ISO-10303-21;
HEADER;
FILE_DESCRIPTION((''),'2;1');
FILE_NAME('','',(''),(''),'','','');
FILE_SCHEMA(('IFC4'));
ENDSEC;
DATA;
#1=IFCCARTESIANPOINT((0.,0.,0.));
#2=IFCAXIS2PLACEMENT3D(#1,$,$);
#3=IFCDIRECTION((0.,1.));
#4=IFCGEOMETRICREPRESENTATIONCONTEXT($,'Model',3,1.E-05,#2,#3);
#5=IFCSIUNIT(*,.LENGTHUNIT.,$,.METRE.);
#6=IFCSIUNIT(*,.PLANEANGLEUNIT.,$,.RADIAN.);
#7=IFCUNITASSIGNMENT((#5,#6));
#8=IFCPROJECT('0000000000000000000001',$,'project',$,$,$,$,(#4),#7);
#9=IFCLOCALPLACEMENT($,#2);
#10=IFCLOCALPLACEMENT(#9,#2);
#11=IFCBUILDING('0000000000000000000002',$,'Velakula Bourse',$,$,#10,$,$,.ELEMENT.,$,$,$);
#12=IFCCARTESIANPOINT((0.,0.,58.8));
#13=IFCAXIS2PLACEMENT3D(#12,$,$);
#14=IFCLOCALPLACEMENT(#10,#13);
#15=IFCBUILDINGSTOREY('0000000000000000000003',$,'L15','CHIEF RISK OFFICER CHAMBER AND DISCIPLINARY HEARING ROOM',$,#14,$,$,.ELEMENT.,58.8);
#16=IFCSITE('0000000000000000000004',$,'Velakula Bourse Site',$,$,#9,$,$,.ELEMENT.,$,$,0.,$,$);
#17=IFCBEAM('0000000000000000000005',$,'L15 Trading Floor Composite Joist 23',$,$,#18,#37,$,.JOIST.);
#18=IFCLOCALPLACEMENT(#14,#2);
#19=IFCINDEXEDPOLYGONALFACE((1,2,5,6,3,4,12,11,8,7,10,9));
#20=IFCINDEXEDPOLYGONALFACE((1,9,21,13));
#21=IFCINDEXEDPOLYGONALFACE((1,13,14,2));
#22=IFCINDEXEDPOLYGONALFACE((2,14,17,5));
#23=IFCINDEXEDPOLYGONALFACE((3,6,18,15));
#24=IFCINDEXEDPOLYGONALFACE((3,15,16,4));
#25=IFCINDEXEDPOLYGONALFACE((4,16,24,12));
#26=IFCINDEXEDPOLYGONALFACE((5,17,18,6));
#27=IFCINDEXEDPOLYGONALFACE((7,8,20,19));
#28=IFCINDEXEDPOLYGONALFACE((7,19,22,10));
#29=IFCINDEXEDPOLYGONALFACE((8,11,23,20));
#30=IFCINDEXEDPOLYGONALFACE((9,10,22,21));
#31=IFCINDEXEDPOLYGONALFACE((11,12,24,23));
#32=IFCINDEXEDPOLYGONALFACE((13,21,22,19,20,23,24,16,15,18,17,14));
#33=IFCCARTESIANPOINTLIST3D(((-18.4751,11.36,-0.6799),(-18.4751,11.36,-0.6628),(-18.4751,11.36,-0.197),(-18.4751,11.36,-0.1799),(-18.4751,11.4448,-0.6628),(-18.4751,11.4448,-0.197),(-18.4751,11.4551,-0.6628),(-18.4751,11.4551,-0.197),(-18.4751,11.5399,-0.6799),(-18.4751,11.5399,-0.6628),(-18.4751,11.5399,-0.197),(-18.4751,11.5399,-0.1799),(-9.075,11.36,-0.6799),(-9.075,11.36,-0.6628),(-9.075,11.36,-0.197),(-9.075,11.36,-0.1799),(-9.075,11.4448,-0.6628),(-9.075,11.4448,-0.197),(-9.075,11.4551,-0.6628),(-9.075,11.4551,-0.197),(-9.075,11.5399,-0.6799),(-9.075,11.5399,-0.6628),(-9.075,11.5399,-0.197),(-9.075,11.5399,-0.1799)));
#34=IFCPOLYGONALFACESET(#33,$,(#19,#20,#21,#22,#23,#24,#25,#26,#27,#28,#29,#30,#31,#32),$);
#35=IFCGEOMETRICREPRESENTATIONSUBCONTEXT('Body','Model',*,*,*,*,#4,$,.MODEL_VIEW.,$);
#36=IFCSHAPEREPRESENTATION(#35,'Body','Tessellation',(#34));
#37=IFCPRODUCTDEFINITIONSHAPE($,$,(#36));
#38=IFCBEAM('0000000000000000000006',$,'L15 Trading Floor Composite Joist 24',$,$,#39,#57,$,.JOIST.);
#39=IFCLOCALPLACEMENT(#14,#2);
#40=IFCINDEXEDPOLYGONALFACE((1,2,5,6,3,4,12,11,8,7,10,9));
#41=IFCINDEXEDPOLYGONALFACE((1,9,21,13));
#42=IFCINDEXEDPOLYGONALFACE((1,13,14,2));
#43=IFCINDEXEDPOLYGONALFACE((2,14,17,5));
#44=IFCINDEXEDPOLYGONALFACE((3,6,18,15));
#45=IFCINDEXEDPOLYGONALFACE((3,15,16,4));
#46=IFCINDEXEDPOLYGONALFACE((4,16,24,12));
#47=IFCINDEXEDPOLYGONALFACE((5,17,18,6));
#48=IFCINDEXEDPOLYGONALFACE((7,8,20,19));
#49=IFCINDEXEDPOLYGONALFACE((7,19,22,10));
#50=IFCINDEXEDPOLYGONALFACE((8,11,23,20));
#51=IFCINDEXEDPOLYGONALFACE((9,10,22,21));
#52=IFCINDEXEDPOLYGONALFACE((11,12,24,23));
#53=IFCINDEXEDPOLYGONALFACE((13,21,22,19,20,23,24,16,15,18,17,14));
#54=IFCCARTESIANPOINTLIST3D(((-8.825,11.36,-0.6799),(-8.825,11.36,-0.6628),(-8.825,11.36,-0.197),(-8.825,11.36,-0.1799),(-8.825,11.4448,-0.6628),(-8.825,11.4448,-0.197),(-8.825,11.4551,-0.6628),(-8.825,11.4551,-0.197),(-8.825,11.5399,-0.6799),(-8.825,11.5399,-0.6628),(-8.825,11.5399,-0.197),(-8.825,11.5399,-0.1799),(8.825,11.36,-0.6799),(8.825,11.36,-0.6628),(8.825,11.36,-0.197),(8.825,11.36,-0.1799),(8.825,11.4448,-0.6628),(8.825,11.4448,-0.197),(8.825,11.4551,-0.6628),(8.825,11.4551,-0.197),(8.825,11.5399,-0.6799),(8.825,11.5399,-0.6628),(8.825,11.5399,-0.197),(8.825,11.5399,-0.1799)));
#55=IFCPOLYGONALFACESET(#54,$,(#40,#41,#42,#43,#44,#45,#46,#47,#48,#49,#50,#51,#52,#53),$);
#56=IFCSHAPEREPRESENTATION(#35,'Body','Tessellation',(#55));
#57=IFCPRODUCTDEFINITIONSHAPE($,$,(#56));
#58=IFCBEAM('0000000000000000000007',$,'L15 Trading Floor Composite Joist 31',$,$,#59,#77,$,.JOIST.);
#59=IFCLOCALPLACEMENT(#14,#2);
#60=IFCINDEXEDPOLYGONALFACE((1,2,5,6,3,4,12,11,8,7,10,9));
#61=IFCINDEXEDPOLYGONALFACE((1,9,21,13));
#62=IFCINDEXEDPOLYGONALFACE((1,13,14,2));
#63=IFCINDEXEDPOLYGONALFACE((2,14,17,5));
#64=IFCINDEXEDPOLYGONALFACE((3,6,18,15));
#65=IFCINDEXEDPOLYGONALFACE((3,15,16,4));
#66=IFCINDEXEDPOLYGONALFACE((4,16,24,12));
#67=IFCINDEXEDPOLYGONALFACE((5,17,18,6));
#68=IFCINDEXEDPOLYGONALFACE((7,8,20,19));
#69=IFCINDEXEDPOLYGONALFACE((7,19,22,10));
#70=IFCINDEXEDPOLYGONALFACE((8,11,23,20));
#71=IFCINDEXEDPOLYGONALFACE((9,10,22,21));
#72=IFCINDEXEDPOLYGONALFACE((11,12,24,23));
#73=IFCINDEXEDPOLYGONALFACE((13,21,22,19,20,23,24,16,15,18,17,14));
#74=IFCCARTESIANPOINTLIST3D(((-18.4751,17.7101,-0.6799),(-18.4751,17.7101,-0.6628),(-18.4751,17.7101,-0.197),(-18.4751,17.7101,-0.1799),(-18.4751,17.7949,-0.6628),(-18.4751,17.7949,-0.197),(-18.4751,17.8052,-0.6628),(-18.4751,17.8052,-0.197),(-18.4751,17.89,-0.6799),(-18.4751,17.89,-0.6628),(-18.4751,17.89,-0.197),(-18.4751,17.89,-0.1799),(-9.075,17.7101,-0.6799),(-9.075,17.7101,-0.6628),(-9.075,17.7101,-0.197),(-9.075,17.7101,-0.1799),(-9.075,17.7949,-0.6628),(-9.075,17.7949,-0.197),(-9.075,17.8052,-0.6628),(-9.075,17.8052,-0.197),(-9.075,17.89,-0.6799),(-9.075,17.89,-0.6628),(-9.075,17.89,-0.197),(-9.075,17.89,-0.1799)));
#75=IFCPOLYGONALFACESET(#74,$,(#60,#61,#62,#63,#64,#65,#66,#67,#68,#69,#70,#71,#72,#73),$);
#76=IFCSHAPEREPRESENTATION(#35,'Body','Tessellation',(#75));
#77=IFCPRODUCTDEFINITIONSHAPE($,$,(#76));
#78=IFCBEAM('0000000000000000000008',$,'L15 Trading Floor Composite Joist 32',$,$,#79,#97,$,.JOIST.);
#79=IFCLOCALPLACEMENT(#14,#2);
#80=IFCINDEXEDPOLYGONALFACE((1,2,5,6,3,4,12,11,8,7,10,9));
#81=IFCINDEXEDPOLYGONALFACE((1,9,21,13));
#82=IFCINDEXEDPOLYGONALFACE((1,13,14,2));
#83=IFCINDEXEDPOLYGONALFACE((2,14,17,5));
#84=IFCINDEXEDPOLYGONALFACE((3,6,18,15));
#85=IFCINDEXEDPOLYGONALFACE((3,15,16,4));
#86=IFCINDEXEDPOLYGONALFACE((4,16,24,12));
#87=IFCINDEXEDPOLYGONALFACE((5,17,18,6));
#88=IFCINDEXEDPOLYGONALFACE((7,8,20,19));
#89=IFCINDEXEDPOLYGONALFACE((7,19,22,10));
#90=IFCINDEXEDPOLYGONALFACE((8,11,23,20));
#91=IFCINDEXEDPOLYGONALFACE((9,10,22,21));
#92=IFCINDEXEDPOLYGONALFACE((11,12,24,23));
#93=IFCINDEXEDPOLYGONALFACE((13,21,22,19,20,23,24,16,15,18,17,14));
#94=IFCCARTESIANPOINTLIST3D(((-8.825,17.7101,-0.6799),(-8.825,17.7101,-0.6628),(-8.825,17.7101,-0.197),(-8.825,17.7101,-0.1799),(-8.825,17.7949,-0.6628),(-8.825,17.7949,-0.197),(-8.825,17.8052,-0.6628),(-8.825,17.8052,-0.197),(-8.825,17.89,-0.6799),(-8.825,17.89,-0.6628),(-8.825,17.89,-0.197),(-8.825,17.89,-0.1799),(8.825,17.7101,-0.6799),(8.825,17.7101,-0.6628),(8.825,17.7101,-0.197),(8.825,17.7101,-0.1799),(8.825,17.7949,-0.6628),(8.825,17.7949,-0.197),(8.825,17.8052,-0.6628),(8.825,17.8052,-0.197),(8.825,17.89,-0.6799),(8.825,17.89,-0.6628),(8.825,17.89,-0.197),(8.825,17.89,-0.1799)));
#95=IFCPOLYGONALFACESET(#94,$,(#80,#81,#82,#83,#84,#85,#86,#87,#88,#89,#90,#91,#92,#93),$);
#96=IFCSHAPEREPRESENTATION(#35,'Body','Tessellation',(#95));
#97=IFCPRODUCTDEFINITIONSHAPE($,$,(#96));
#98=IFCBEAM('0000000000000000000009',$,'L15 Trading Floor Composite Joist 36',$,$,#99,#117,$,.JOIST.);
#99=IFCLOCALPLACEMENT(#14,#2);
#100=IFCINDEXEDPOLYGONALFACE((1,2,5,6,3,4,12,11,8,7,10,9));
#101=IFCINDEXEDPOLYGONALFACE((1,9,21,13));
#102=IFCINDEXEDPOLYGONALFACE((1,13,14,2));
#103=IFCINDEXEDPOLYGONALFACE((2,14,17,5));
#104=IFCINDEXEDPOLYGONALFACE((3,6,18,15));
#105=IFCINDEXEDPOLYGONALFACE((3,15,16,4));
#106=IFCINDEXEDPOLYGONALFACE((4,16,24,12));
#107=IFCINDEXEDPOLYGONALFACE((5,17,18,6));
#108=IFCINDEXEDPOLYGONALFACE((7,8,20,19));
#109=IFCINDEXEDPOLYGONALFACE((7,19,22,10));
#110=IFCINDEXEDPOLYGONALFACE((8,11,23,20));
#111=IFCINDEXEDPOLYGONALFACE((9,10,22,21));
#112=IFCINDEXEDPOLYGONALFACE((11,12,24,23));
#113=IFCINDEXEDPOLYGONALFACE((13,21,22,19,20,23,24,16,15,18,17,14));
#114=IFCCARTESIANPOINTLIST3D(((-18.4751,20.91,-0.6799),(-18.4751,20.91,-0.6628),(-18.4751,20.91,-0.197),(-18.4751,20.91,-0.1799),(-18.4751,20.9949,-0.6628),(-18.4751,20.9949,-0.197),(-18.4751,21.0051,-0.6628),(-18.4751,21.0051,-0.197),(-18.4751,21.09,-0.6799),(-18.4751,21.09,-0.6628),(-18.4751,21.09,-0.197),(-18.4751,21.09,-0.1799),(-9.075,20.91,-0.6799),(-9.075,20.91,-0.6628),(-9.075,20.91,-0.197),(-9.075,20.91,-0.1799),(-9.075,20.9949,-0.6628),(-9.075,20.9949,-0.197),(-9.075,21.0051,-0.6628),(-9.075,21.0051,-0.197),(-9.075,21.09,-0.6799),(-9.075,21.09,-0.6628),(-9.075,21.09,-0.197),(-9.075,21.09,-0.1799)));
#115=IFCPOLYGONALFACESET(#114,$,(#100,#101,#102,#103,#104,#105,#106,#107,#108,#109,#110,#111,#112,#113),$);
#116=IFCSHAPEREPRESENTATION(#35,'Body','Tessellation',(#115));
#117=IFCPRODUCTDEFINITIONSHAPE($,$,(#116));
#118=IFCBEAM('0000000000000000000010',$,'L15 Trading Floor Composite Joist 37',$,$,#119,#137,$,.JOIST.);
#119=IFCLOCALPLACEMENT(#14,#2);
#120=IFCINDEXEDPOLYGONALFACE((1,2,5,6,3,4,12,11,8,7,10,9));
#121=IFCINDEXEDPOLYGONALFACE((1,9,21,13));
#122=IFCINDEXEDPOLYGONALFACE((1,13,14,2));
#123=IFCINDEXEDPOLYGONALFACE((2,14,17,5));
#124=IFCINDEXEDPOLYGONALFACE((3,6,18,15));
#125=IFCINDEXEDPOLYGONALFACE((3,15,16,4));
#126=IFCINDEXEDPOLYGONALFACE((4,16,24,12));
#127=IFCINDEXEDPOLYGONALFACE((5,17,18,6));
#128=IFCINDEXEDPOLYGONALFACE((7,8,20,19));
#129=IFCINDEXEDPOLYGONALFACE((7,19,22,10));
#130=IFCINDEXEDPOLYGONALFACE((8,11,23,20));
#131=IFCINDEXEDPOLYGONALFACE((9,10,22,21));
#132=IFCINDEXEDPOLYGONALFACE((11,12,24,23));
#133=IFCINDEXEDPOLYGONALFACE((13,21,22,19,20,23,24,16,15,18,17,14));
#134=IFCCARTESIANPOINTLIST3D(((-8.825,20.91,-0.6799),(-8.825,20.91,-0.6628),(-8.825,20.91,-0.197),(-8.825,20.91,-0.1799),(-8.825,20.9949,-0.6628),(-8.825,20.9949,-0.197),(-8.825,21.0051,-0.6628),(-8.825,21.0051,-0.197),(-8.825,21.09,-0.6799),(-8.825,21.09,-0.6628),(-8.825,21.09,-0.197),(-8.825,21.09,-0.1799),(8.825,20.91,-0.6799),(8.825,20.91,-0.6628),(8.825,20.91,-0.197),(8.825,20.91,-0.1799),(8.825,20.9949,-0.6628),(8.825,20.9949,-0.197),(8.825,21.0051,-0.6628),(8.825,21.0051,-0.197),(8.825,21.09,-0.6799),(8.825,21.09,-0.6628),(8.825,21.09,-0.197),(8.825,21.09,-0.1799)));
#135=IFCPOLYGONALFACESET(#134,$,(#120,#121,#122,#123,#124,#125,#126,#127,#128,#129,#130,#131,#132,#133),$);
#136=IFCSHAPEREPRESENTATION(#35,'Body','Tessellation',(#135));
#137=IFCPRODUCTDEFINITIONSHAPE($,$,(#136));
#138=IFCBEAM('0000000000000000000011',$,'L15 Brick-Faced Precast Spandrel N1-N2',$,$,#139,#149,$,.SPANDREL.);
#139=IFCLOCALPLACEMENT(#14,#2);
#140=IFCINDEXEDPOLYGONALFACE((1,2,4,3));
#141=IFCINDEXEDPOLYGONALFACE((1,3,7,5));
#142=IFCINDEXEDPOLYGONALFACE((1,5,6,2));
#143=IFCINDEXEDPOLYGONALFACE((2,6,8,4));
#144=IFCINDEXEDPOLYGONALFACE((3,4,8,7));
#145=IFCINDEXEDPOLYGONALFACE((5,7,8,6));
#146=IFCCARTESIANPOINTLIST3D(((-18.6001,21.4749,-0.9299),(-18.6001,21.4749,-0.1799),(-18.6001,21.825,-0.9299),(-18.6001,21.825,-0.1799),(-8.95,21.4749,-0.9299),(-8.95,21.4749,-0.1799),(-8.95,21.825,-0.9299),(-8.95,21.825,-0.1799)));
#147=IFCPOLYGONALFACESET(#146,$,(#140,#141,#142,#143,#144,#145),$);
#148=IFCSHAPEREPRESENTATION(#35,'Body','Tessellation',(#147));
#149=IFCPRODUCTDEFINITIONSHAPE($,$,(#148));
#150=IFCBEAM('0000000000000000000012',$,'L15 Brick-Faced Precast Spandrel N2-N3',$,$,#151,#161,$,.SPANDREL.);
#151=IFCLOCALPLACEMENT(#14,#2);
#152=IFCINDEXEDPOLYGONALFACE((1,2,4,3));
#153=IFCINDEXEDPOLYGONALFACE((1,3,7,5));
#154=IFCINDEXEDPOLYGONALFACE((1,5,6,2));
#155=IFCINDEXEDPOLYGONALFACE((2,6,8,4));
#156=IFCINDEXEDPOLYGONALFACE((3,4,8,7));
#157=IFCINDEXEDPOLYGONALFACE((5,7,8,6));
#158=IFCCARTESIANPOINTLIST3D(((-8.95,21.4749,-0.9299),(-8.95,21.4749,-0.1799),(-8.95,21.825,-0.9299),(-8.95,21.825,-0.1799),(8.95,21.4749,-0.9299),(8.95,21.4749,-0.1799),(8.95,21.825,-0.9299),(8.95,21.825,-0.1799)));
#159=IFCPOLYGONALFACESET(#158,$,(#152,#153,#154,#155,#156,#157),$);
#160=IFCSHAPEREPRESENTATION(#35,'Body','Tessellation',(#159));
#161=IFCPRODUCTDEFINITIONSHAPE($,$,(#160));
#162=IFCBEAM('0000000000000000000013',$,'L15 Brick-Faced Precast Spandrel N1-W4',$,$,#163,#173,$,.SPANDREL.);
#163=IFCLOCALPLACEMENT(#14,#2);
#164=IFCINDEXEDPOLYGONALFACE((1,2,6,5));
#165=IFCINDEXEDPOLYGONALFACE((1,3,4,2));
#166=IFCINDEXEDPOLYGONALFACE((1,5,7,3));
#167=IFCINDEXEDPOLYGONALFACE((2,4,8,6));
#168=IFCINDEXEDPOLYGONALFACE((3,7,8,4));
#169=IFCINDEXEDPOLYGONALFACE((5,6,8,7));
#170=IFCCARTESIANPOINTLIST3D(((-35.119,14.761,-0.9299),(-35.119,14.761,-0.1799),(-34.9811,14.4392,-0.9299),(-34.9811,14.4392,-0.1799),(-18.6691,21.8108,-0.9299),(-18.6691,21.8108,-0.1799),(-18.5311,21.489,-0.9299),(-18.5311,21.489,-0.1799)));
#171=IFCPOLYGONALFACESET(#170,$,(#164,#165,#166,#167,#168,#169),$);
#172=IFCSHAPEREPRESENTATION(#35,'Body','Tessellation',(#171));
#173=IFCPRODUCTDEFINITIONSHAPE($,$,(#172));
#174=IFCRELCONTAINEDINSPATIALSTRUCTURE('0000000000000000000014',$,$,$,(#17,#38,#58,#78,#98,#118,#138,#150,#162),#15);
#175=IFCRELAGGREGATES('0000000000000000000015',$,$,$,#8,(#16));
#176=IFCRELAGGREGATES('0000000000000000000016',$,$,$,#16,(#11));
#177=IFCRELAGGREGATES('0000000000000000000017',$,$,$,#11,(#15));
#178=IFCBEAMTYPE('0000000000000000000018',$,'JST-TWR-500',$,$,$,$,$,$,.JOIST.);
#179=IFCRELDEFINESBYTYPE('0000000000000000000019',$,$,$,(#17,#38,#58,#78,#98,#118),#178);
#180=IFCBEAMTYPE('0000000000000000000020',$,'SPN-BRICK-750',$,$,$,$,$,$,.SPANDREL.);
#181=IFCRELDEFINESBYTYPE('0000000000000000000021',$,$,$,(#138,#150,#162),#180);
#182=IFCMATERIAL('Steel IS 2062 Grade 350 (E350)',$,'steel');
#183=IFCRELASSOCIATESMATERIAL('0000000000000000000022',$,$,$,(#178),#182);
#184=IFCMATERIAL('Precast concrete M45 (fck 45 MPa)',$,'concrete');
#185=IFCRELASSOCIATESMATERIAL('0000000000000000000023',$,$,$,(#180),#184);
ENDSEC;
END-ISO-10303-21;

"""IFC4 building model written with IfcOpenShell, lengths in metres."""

from ifc_helpers import new_model, si_unit, direction, frame, origin, origin_2d, place, context, subcontext, project, spatial, rectangle, i_section, extrude, material, material_profile, profile_set, type_object, element, save


model = new_model("IFC4")

# Units and contexts
model_context = context("Model", 3, precision=1e-05, world=origin(), true_north=direction((0.0, 1.0)))
body_context = subcontext(model_context, "Body", "Model", "MODEL_VIEW")
ifc_project = project(units=[si_unit("LENGTHUNIT", "METRE"), si_unit("PLANEANGLEUNIT", "RADIAN")], contexts=[model_context])

# Site, building, storey
site_placement = place(None, origin())
site = spatial("IfcSite", under=ifc_project, at=site_placement, Name="Velakula Bourse Site", CompositionType="ELEMENT", RefElevation=0.0)
building_placement = place(site_placement, origin())
building = spatial("IfcBuilding", under=site, at=building_placement, Name="Velakula Bourse", CompositionType="ELEMENT")
storey_placement = place(building_placement, frame((0.0, 0.0, 58.8)))
storey = spatial("IfcBuildingStorey", under=building, at=storey_placement, Name="L15", Description="CHIEF RISK OFFICER CHAMBER AND DISCIPLINARY HEARING ROOM", CompositionType="ELEMENT", Elevation=58.8)

# Shared definitions
ifc_material_1 = material(Name="Precast concrete M45 (fck 45 MPa)", Category="concrete")

# Beams
ifc_material_2 = material(Name="Steel IS 2062 Grade 350 (E350)", Category="steel")
ifc_material_profile_1 = material_profile(ifc_material_2, i_section(OverallWidth=0.1799, OverallDepth=0.5, WebThickness=0.0103, FlangeThickness=0.0171, at=origin_2d()), Name="Steel IS 2062 Grade 350 (E350)")
ifc_profile_set_1 = profile_set([ifc_material_profile_1], Name="Steel IS 2062 Grade 350 (E350)")
beam_type_1 = type_object("IfcBeamType", Name="JST-TWR-500", PredefinedType="JOIST", material=ifc_profile_set_1)
beam_1_placement = place(storey_placement, frame((-18.4751, 11.45, -0.4299), z_axis=(1.0, 0.0, 0.0), x_axis=(0.0, 1.0, 0.0)))
element("IfcBeam", 1, at=beam_1_placement, inside=storey, type_object=beam_type_1, Name="L15 Trading Floor Composite Joist 23", PredefinedType="JOIST", context=body_context, shape_type="SweptSolid", body=[
    extrude(i_section(OverallWidth=0.1799, OverallDepth=0.5, WebThickness=0.0103, FlangeThickness=0.0171, at=origin_2d()), origin(), (0.0, 0.0, 1.0), 9.4001),
])
beam_2_placement = place(storey_placement, frame((-8.825, 11.45, -0.4299), z_axis=(1.0, 0.0, 0.0), x_axis=(0.0, 1.0, 0.0)))
element("IfcBeam", 2, at=beam_2_placement, inside=storey, type_object=beam_type_1, Name="L15 Trading Floor Composite Joist 24", PredefinedType="JOIST", context=body_context, shape_type="SweptSolid", body=[
    extrude(i_section(OverallWidth=0.1799, OverallDepth=0.5, WebThickness=0.0103, FlangeThickness=0.0171, at=origin_2d()), origin(), (0.0, 0.0, 1.0), 17.6499),
])
beam_3_placement = place(storey_placement, frame((-18.4751, 17.8, -0.4299), z_axis=(1.0, 0.0, 0.0), x_axis=(0.0, 1.0, 0.0)))
element("IfcBeam", 3, at=beam_3_placement, inside=storey, type_object=beam_type_1, Name="L15 Trading Floor Composite Joist 31", PredefinedType="JOIST", context=body_context, shape_type="SweptSolid", body=[
    extrude(i_section(OverallWidth=0.1799, OverallDepth=0.5, WebThickness=0.0103, FlangeThickness=0.0171, at=origin_2d()), origin(), (0.0, 0.0, 1.0), 9.4001),
])
beam_4_placement = place(storey_placement, frame((-8.825, 17.8, -0.4299), z_axis=(1.0, 0.0, 0.0), x_axis=(0.0, 1.0, 0.0)))
element("IfcBeam", 4, at=beam_4_placement, inside=storey, type_object=beam_type_1, Name="L15 Trading Floor Composite Joist 32", PredefinedType="JOIST", context=body_context, shape_type="SweptSolid", body=[
    extrude(i_section(OverallWidth=0.1799, OverallDepth=0.5, WebThickness=0.0103, FlangeThickness=0.0171, at=origin_2d()), origin(), (0.0, 0.0, 1.0), 17.6499),
])
beam_5_placement = place(storey_placement, frame((-18.4751, 21.0, -0.4299), z_axis=(1.0, 0.0, 0.0), x_axis=(0.0, 1.0, 0.0)))
element("IfcBeam", 5, at=beam_5_placement, inside=storey, type_object=beam_type_1, Name="L15 Trading Floor Composite Joist 36", PredefinedType="JOIST", context=body_context, shape_type="SweptSolid", body=[
    extrude(i_section(OverallWidth=0.1799, OverallDepth=0.5, WebThickness=0.0103, FlangeThickness=0.0171, at=origin_2d()), origin(), (0.0, 0.0, 1.0), 9.4001),
])
beam_6_placement = place(storey_placement, frame((-8.825, 21.0, -0.4299), z_axis=(1.0, 0.0, 0.0), x_axis=(0.0, 1.0, 0.0)))
element("IfcBeam", 6, at=beam_6_placement, inside=storey, type_object=beam_type_1, Name="L15 Trading Floor Composite Joist 37", PredefinedType="JOIST", context=body_context, shape_type="SweptSolid", body=[
    extrude(i_section(OverallWidth=0.1799, OverallDepth=0.5, WebThickness=0.0103, FlangeThickness=0.0171, at=origin_2d()), origin(), (0.0, 0.0, 1.0), 17.6499),
])
ifc_material_profile_2 = material_profile(ifc_material_1, rectangle(XDim=0.3501, YDim=0.75, at=origin_2d()), Name="Precast concrete M45 (fck 45 MPa)")
ifc_profile_set_2 = profile_set([ifc_material_profile_2], Name="Precast concrete M45 (fck 45 MPa)")
beam_type_2 = type_object("IfcBeamType", Name="SPN-BRICK-750", PredefinedType="SPANDREL", material=ifc_profile_set_2)
beam_7_placement = place(storey_placement, frame((-18.6001, 21.6499, -0.5549), z_axis=(1.0, 0.0, 0.0), x_axis=(0.0, 1.0, 0.0)))
element("IfcBeam", 7, at=beam_7_placement, inside=storey, type_object=beam_type_2, Name="L15 Brick-Faced Precast Spandrel N1-N2", PredefinedType="SPANDREL", context=body_context, shape_type="SweptSolid", body=[
    extrude(rectangle(XDim=0.3501, YDim=0.75, at=origin_2d()), origin(), (0.0, 0.0, 1.0), 9.6501),
])
beam_8_placement = place(storey_placement, frame((-8.95, 21.6499, -0.5549), z_axis=(1.0, 0.0, 0.0), x_axis=(0.0, 1.0, 0.0)))
element("IfcBeam", 8, at=beam_8_placement, inside=storey, type_object=beam_type_2, Name="L15 Brick-Faced Precast Spandrel N2-N3", PredefinedType="SPANDREL", context=body_context, shape_type="SweptSolid", body=[
    extrude(rectangle(XDim=0.3501, YDim=0.75, at=origin_2d()), origin(), (0.0, 0.0, 1.0), 17.8999),
])
beam_9_placement = place(storey_placement, frame((-18.6001, 21.6499, -0.5549), z_axis=(-0.919149, -0.393911, 0.0), x_axis=(0.393911, -0.919149, 0.0)))
element("IfcBeam", 9, at=beam_9_placement, inside=storey, type_object=beam_type_2, Name="L15 Brick-Faced Precast Spandrel N1-W4", PredefinedType="SPANDREL", context=body_context, shape_type="SweptSolid", body=[
    extrude(rectangle(XDim=0.3501, YDim=0.75, at=origin_2d()), origin(), (0.0, 0.0, 1.0), 17.897),
])

save(model, "model.ifc")
